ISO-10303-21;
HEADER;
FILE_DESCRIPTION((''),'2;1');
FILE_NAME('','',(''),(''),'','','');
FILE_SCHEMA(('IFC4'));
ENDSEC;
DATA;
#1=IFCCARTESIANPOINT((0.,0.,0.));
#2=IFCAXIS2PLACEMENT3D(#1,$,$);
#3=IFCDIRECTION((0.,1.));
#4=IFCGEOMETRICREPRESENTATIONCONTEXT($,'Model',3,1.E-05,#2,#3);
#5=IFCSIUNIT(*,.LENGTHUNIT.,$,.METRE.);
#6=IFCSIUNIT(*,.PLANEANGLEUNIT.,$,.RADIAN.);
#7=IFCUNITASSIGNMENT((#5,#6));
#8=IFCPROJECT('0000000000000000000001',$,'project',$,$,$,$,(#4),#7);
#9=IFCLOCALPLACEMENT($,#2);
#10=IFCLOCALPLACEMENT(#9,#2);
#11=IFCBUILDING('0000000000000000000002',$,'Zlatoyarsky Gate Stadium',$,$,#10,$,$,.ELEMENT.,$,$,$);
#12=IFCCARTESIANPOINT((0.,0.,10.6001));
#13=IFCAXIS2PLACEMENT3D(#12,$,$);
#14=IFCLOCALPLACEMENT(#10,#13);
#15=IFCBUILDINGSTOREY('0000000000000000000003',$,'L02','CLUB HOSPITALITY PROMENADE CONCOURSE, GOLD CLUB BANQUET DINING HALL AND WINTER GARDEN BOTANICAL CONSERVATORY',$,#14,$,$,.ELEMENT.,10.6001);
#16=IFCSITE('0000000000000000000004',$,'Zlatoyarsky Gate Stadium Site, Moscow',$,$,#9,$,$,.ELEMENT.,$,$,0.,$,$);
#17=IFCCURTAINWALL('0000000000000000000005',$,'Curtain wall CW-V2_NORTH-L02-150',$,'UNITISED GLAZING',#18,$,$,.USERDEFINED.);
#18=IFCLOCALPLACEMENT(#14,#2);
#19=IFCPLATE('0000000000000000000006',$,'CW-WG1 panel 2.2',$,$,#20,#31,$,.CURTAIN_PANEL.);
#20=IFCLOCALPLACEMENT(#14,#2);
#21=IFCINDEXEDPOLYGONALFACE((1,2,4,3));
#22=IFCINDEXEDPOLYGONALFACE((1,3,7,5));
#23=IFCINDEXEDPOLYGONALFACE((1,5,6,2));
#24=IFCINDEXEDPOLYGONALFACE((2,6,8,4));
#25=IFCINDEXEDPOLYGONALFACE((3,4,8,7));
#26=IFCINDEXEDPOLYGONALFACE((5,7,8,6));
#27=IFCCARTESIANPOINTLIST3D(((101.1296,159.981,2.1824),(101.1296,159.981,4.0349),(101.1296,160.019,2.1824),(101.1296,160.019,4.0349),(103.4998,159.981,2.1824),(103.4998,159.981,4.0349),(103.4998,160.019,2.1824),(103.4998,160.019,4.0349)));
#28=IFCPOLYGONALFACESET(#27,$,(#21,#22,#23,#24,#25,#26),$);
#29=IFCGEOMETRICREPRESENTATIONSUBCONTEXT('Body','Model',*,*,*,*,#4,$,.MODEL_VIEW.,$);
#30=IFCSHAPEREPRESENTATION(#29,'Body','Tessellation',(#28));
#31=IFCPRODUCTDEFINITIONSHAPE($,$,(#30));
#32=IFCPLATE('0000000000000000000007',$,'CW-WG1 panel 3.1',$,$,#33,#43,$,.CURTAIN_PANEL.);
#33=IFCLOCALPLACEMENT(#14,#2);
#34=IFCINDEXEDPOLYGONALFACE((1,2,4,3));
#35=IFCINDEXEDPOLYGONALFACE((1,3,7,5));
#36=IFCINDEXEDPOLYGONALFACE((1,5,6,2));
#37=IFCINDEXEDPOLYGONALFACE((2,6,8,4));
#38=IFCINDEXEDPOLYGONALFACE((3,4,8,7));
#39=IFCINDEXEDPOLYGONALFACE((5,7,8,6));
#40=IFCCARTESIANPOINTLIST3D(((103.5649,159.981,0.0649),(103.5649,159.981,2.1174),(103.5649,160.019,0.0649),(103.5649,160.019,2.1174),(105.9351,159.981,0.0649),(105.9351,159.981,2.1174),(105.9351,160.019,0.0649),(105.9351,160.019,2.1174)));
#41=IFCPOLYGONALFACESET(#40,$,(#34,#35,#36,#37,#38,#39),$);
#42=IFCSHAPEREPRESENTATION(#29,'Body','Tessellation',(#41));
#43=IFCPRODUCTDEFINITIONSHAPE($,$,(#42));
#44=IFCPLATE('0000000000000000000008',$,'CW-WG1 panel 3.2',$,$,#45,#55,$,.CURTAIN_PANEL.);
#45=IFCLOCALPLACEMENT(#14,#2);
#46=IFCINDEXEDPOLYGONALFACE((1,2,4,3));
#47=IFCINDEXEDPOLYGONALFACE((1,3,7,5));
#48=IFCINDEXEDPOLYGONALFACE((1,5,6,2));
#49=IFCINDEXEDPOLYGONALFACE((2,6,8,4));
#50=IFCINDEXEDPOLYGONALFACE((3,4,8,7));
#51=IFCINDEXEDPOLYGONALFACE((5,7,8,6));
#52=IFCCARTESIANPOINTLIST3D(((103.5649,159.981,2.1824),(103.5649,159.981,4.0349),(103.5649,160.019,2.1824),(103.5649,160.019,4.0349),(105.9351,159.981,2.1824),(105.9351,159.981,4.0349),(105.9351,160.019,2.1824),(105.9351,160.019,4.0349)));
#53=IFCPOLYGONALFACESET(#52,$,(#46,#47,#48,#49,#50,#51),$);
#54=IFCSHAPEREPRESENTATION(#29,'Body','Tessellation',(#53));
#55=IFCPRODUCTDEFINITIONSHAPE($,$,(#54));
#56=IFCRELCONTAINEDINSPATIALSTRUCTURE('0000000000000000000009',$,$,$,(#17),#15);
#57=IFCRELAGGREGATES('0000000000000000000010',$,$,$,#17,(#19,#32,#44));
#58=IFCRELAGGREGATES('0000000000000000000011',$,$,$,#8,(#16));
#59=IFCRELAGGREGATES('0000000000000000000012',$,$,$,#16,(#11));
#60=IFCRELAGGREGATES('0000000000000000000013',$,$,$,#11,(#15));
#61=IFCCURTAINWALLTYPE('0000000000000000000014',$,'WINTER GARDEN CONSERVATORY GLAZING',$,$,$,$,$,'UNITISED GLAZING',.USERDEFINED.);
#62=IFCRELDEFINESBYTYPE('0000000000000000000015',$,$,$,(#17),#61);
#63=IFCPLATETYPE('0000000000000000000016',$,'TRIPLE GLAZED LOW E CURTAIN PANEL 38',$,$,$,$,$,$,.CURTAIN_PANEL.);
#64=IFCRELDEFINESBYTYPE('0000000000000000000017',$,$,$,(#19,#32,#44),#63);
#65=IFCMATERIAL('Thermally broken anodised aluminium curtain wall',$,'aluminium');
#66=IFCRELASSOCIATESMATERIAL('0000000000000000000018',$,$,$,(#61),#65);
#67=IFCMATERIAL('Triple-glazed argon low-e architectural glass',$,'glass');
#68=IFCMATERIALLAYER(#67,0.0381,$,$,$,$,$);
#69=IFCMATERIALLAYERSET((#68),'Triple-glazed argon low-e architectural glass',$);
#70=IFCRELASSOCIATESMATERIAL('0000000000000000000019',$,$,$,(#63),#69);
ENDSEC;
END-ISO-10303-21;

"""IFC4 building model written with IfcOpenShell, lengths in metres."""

from ifc_helpers import new_model, si_unit, direction, frame, origin, origin_2d, place, context, subcontext, project, spatial, rectangle, extrude, material, layer, layer_set, type_object, element, aggregate, save


model = new_model("IFC4")

# Units and contexts
model_context = context("Model", 3, precision=1e-05, world=origin(), true_north=direction((0.0, 1.0)))
body_context = subcontext(model_context, "Body", "Model", "MODEL_VIEW")
ifc_project = project(units=[si_unit("LENGTHUNIT", "METRE"), si_unit("PLANEANGLEUNIT", "RADIAN")], contexts=[model_context])

# Site, building, storey
site_placement = place(None, origin())
site = spatial("IfcSite", under=ifc_project, at=site_placement, Name="Zlatoyarsky Gate Stadium Site, Moscow", CompositionType="ELEMENT", RefElevation=0.0)
building_placement = place(site_placement, origin())
building = spatial("IfcBuilding", under=site, at=building_placement, Name="Zlatoyarsky Gate Stadium", CompositionType="ELEMENT")
storey_placement = place(building_placement, frame((0.0, 0.0, 10.6001)))
storey = spatial("IfcBuildingStorey", under=building, at=storey_placement, Name="L02", Description="CLUB HOSPITALITY PROMENADE CONCOURSE, GOLD CLUB BANQUET DINING HALL AND WINTER GARDEN BOTANICAL CONSERVATORY", CompositionType="ELEMENT", Elevation=10.6001)

# Curtain wall
ifc_material_1 = material(Name="Thermally broken anodised aluminium curtain wall", Category="aluminium")
curtain_wall_type_1 = type_object("IfcCurtainWallType", Name="WINTER GARDEN CONSERVATORY GLAZING", ElementType="UNITISED GLAZING", PredefinedType="USERDEFINED", material=ifc_material_1)
curtain_wall_1_placement = place(storey_placement, origin())
curtain_wall_1 = element("IfcCurtainWall", 1, at=curtain_wall_1_placement, inside=storey, type_object=curtain_wall_type_1, Name="Curtain wall CW-V2_NORTH-L02-150", ObjectType="UNITISED GLAZING", PredefinedType="USERDEFINED")

# Plates
ifc_material_2 = material(Name="Triple-glazed argon low-e architectural glass", Category="glass")
ifc_layer = layer(ifc_material_2, 0.0381)
ifc_layer_set = layer_set([ifc_layer], Name="Triple-glazed argon low-e architectural glass")
plate_type = type_object("IfcPlateType", Name="TRIPLE GLAZED LOW E CURTAIN PANEL 38", PredefinedType="CURTAIN_PANEL", material=ifc_layer_set)
plate_1_placement = place(storey_placement, frame((102.3147, 160.0, 2.1824), z_axis=(0.0, 0.0, 1.0), x_axis=(1.0, 0.0, 0.0)))
plate_1 = element("IfcPlate", 2, at=plate_1_placement, type_object=plate_type, Name="CW-WG1 panel 2.2", PredefinedType="CURTAIN_PANEL", context=body_context, shape_type="SweptSolid", body=[
    extrude(rectangle(XDim=2.3701, YDim=0.0381, at=origin_2d()), origin(), (0.0, 0.0, 1.0), 1.8525),
])
plate_2_placement = place(storey_placement, frame((104.75, 160.0, 0.0649), z_axis=(0.0, 0.0, 1.0), x_axis=(1.0, 0.0, 0.0)))
plate_2 = element("IfcPlate", 3, at=plate_2_placement, type_object=plate_type, Name="CW-WG1 panel 3.1", PredefinedType="CURTAIN_PANEL", context=body_context, shape_type="SweptSolid", body=[
    extrude(rectangle(XDim=2.3701, YDim=0.0381, at=origin_2d()), origin(), (0.0, 0.0, 1.0), 2.0525),
])
plate_3_placement = place(storey_placement, frame((104.75, 160.0, 2.1824), z_axis=(0.0, 0.0, 1.0), x_axis=(1.0, 0.0, 0.0)))
plate_3 = element("IfcPlate", 4, at=plate_3_placement, type_object=plate_type, Name="CW-WG1 panel 3.2", PredefinedType="CURTAIN_PANEL", context=body_context, shape_type="SweptSolid", body=[
    extrude(rectangle(XDim=2.3701, YDim=0.0381, at=origin_2d()), origin(), (0.0, 0.0, 1.0), 1.8525),
])
aggregate(curtain_wall_1, [plate_1, plate_2, plate_3])

save(model, "model.ifc")
